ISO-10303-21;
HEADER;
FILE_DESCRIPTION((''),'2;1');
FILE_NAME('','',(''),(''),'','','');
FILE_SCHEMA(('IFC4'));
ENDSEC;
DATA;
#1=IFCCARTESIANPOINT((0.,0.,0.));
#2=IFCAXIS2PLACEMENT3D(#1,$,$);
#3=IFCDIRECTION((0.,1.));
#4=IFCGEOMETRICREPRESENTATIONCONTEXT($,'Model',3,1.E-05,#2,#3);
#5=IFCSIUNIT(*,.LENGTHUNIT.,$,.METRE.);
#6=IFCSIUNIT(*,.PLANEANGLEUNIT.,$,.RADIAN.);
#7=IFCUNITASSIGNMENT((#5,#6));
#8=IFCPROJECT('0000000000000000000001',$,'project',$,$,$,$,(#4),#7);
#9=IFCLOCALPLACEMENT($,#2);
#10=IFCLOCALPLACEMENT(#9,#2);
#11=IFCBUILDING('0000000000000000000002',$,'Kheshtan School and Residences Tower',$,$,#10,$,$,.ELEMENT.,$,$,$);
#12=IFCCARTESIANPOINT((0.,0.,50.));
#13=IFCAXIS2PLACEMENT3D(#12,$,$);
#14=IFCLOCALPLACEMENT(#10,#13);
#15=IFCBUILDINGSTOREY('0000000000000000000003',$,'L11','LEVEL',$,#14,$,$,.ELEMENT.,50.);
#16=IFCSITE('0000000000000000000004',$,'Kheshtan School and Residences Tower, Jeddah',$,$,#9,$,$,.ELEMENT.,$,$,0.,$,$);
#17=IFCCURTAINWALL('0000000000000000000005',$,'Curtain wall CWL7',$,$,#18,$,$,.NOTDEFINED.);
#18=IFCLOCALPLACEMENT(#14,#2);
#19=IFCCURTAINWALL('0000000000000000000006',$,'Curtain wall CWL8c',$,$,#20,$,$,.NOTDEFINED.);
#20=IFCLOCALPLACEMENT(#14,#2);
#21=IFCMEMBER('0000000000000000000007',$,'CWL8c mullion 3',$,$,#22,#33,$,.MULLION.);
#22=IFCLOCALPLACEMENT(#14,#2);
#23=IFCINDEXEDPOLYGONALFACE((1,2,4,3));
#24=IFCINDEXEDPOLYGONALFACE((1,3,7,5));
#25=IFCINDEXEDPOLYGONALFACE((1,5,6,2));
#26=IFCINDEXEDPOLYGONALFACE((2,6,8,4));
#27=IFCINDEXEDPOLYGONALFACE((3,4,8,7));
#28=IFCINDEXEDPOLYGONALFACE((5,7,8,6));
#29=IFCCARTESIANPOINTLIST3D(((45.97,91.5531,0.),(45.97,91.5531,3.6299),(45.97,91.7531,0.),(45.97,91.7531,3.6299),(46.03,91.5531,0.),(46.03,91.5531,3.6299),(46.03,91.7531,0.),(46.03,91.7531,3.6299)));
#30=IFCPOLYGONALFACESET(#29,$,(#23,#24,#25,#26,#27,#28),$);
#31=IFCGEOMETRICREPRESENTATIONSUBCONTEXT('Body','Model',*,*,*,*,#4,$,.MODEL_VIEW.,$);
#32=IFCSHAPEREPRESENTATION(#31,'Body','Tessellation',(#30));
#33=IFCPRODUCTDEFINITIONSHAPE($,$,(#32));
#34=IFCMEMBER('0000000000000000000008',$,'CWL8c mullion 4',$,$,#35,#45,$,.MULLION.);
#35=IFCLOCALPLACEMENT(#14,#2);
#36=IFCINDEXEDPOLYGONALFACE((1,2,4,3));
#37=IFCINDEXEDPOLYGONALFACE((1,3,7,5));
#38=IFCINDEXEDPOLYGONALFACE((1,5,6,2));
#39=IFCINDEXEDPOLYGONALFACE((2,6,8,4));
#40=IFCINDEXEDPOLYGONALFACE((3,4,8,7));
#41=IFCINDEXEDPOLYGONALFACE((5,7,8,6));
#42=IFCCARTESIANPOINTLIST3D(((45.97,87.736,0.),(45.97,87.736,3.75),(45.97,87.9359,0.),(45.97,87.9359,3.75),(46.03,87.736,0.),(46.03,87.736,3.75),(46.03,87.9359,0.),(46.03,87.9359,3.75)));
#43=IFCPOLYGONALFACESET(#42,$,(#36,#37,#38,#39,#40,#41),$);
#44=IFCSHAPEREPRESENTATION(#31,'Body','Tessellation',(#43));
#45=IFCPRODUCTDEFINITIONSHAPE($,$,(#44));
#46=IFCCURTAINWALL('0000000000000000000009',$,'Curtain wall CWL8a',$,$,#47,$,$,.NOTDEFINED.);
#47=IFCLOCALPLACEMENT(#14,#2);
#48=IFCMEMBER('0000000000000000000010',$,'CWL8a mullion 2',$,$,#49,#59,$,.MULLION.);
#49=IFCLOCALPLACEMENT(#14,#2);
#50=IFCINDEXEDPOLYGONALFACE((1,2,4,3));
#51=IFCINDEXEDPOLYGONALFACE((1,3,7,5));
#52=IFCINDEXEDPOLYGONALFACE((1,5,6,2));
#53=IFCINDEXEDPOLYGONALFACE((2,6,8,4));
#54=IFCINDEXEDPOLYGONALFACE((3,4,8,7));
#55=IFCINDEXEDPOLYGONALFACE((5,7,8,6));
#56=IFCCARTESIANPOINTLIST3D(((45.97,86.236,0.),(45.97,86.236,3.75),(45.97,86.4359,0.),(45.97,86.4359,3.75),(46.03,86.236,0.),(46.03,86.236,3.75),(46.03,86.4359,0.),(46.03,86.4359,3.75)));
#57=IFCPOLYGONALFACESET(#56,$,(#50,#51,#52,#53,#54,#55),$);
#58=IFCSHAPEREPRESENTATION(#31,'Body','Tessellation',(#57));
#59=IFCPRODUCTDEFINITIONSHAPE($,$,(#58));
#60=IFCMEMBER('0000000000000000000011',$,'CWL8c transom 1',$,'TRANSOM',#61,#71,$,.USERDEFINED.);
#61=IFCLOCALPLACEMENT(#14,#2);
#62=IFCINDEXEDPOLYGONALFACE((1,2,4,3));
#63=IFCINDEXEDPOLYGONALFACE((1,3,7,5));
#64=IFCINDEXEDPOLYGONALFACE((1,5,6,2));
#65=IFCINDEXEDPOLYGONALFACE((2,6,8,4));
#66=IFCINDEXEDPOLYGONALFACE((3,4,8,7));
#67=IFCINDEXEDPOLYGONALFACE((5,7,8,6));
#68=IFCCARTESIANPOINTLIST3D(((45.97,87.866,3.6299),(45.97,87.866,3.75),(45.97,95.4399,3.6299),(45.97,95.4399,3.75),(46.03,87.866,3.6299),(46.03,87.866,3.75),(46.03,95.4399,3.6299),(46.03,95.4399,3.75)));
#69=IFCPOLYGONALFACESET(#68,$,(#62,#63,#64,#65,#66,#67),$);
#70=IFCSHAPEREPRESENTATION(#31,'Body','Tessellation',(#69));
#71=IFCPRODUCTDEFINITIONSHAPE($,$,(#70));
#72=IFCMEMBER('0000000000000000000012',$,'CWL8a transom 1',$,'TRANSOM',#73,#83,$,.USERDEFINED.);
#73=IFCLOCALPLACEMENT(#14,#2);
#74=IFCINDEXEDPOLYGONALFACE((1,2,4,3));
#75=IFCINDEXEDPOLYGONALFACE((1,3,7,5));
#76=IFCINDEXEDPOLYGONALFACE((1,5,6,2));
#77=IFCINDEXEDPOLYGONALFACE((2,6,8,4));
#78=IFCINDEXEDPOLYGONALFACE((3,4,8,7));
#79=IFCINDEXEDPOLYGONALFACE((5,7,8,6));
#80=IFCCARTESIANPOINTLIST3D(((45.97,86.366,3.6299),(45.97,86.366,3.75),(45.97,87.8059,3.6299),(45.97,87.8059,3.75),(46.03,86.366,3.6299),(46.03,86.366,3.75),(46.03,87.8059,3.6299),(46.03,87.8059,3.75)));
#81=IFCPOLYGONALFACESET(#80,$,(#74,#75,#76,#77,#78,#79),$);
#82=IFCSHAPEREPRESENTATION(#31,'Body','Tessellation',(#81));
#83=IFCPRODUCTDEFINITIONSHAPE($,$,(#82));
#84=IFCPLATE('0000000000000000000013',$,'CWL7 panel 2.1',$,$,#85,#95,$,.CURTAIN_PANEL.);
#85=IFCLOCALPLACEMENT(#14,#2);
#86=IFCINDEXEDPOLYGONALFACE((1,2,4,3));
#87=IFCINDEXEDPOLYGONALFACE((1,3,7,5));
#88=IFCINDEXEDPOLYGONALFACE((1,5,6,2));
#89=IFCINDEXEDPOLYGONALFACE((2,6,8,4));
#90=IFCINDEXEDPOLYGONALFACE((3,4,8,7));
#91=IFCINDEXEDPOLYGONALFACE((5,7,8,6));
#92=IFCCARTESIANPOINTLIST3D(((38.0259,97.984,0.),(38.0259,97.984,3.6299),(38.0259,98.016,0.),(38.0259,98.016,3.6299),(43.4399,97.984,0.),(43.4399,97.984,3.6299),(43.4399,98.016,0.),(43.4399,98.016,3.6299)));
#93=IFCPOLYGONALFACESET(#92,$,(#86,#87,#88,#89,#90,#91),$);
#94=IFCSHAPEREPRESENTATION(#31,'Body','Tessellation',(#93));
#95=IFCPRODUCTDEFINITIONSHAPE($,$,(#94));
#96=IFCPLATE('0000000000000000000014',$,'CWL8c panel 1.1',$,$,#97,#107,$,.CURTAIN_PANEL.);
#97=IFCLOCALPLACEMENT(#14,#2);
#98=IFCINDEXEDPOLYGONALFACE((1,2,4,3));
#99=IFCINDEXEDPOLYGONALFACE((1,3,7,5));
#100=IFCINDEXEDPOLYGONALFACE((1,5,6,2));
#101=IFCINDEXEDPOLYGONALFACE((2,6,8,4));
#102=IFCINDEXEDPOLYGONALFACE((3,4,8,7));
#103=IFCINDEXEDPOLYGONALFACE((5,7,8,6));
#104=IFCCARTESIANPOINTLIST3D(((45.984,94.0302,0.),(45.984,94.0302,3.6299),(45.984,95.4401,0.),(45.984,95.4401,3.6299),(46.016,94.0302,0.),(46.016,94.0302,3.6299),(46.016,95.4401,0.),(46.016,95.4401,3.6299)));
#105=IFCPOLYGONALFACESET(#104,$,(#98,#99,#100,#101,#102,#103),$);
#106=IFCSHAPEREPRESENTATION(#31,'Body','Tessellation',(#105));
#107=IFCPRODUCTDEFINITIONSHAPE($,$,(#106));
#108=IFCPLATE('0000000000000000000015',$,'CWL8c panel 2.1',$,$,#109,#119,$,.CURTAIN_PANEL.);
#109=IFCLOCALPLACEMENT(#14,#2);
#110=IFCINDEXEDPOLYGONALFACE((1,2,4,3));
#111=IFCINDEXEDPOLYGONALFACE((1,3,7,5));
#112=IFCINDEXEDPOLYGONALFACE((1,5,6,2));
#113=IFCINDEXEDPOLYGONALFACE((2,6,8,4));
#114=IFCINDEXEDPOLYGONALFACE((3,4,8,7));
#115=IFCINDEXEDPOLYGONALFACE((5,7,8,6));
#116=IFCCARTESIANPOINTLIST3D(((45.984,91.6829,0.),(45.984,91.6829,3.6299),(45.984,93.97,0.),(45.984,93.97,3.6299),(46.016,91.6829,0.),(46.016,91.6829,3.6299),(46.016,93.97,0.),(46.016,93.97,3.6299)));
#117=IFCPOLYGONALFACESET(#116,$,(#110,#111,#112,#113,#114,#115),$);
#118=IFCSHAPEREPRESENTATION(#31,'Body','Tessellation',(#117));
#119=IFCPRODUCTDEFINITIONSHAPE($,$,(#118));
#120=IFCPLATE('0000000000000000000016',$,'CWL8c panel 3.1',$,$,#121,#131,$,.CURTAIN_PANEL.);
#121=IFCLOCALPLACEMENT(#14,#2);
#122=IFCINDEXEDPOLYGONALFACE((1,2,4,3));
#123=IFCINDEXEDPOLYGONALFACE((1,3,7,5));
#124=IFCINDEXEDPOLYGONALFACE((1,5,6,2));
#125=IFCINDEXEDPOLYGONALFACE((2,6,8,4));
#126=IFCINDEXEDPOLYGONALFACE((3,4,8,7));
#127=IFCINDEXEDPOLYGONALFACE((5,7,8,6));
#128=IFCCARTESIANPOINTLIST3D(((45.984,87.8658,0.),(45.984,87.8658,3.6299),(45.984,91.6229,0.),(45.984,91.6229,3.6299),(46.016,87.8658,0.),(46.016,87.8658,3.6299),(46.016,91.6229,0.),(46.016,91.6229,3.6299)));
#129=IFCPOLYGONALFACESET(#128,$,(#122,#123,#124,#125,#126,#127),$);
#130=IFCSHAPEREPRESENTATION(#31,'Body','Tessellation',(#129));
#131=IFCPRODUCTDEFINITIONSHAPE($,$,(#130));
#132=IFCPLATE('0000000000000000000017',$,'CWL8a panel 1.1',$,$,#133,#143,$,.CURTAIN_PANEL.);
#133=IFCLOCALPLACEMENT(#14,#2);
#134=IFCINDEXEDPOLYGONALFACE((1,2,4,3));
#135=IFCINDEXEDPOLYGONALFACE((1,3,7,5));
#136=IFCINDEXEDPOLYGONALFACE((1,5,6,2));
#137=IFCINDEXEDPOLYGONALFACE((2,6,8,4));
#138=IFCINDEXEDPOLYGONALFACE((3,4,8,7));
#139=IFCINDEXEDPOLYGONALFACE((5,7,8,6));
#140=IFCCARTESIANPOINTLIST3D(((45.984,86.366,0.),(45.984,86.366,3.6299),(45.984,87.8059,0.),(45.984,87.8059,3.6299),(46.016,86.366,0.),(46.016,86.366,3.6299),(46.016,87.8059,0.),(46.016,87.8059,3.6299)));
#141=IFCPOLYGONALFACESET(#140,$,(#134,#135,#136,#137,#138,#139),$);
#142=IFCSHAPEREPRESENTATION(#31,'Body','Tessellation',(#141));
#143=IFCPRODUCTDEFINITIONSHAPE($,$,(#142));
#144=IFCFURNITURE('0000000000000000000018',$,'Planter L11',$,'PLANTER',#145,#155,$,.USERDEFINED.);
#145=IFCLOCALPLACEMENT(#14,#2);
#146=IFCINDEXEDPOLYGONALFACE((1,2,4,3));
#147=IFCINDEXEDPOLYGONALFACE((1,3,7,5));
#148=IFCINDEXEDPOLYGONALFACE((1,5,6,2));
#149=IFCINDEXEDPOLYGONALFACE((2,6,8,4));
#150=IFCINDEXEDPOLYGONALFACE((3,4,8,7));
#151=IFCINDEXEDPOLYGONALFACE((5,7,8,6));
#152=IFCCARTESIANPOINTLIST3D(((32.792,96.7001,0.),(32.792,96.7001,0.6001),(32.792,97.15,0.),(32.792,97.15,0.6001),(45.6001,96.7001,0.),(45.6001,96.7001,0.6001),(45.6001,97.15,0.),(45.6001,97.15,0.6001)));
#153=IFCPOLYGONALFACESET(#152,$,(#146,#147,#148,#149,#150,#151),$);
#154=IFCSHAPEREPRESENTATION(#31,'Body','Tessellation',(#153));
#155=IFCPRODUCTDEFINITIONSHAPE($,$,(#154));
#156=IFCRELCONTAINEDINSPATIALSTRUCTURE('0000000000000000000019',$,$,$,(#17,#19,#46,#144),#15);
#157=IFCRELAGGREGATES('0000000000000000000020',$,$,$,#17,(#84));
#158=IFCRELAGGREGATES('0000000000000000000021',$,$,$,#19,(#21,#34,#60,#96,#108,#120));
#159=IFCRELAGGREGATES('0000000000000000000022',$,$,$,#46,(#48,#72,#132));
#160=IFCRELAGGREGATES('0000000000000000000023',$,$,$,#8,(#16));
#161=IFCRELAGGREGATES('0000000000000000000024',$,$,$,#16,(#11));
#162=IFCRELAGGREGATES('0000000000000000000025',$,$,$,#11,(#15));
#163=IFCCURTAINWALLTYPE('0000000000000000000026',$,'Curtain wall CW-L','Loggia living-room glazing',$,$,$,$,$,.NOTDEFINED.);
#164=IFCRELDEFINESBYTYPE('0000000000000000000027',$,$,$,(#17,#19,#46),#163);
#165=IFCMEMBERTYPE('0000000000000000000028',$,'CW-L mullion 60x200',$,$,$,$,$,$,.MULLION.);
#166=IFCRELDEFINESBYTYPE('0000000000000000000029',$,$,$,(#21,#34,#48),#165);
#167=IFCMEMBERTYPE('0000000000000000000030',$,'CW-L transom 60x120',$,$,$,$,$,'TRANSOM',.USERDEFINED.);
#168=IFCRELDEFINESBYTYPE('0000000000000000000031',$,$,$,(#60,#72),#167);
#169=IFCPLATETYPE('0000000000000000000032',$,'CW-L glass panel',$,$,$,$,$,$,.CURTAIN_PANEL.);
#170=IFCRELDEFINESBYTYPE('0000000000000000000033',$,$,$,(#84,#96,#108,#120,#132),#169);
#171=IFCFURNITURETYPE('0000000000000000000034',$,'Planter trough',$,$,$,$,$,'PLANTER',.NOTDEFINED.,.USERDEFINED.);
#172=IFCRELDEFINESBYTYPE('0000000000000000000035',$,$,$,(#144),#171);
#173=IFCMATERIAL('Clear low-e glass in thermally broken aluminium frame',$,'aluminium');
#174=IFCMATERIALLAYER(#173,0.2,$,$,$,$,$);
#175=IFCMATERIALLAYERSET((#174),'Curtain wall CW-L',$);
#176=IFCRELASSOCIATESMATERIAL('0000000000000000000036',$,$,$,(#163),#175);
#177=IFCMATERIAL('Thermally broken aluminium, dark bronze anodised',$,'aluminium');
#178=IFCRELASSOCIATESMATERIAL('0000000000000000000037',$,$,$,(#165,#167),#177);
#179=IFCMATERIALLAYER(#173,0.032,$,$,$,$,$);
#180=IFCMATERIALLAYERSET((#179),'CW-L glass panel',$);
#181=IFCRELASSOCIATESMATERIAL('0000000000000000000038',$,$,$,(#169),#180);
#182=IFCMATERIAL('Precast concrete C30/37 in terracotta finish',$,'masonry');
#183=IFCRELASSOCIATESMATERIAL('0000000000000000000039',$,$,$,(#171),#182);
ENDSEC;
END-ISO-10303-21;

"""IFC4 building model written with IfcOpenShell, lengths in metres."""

from ifc_helpers import new_model, si_unit, direction, frame, origin, origin_2d, place, context, subcontext, project, spatial, rectangle, extrude, material, layer, layer_set, material_profile, profile_set, type_object, element, aggregate, save


model = new_model("IFC4")

# Units and contexts
model_context = context("Model", 3, precision=1e-05, world=origin(), true_north=direction((0.0, 1.0)))
body_context = subcontext(model_context, "Body", "Model", "MODEL_VIEW")
ifc_project = project(units=[si_unit("LENGTHUNIT", "METRE"), si_unit("PLANEANGLEUNIT", "RADIAN")], contexts=[model_context])

# Site, building, storey
site_placement = place(None, origin())
site = spatial("IfcSite", under=ifc_project, at=site_placement, Name="Kheshtan School and Residences Tower, Jeddah", CompositionType="ELEMENT", RefElevation=0.0)
building_placement = place(site_placement, origin())
building = spatial("IfcBuilding", under=site, at=building_placement, Name="Kheshtan School and Residences Tower", CompositionType="ELEMENT")
storey_placement = place(building_placement, frame((0.0, 0.0, 50.0)))
storey = spatial("IfcBuildingStorey", under=building, at=storey_placement, Name="L11", Description="LEVEL", CompositionType="ELEMENT", Elevation=50.0)

# Curtain walls, members
ifc_material_1 = material(Name="Clear low-e glass in thermally broken aluminium frame", Category="aluminium")
ifc_layer_1 = layer(ifc_material_1, 0.2)
ifc_layer_set_1 = layer_set([ifc_layer_1], Name="Curtain wall CW-L")
curtain_wall_type = type_object("IfcCurtainWallType", Name="Curtain wall CW-L", Description="Loggia living-room glazing", PredefinedType="NOTDEFINED", material=ifc_layer_set_1)
curtain_wall_1_placement = place(storey_placement, origin())
curtain_wall_1 = element("IfcCurtainWall", 1, at=curtain_wall_1_placement, inside=storey, type_object=curtain_wall_type, Name="Curtain wall CWL7", PredefinedType="NOTDEFINED")
ifc_material_2 = material(Name="Thermally broken aluminium, dark bronze anodised", Category="aluminium")
ifc_material_profile_1 = material_profile(ifc_material_2, rectangle(XDim=0.0601, YDim=0.2, at=origin_2d()), Name="CW-L mullion 60x200")
ifc_profile_set_1 = profile_set([ifc_material_profile_1], Name="Thermally broken aluminium, dark bronze anodised")
member_type_1 = type_object("IfcMemberType", Name="CW-L mullion 60x200", PredefinedType="MULLION", material=ifc_profile_set_1)
curtain_wall_2_placement = place(storey_placement, origin())
curtain_wall_2 = element("IfcCurtainWall", 2, at=curtain_wall_2_placement, inside=storey, type_object=curtain_wall_type, Name="Curtain wall CWL8c", PredefinedType="NOTDEFINED")
member_1_placement = place(storey_placement, frame((46.0, 91.6531, 0.0), z_axis=(0.0, 0.0, 1.0), x_axis=(1.0, 0.0, 0.0)))
member_1 = element("IfcMember", 3, at=member_1_placement, type_object=member_type_1, Name="CWL8c mullion 3", PredefinedType="MULLION", context=body_context, shape_type="SweptSolid", body=[
    extrude(rectangle(XDim=0.0601, YDim=0.2, at=origin_2d()), origin(), (0.0, 0.0, 1.0), 3.6299),
])
member_2_placement = place(storey_placement, frame((46.0, 87.8359, 0.0), z_axis=(0.0, 0.0, 1.0), x_axis=(1.0, 0.0, 0.0)))
member_2 = element("IfcMember", 4, at=member_2_placement, type_object=member_type_1, Name="CWL8c mullion 4", PredefinedType="MULLION", context=body_context, shape_type="SweptSolid", body=[
    extrude(rectangle(XDim=0.0601, YDim=0.2, at=origin_2d()), origin(), (0.0, 0.0, 1.0), 3.75),
])

# Curtain wall, member
curtain_wall_3_placement = place(storey_placement, origin())
curtain_wall_3 = element("IfcCurtainWall", 5, at=curtain_wall_3_placement, inside=storey, type_object=curtain_wall_type, Name="Curtain wall CWL8a", PredefinedType="NOTDEFINED")
member_3_placement = place(storey_placement, frame((46.0, 86.3359, 0.0), z_axis=(0.0, 0.0, 1.0), x_axis=(1.0, 0.0, 0.0)))
member_3 = element("IfcMember", 6, at=member_3_placement, type_object=member_type_1, Name="CWL8a mullion 2", PredefinedType="MULLION", context=body_context, shape_type="SweptSolid", body=[
    extrude(rectangle(XDim=0.0601, YDim=0.2, at=origin_2d()), origin(), (0.0, 0.0, 1.0), 3.75),
])

# Members
ifc_material_profile_2 = material_profile(ifc_material_2, rectangle(XDim=0.0601, YDim=0.1201, at=origin_2d()), Name="CW-L transom 60x120")
ifc_profile_set_2 = profile_set([ifc_material_profile_2], Name="Thermally broken aluminium, dark bronze anodised")
member_type_2 = type_object("IfcMemberType", Name="CW-L transom 60x120", ElementType="TRANSOM", PredefinedType="USERDEFINED", material=ifc_profile_set_2)
member_4_placement = place(storey_placement, frame((46.0, 95.4399, 3.6899), z_axis=(0.0, -1.0, 0.0), x_axis=(1.0, 0.0, 0.0)))
member_4 = element("IfcMember", 7, at=member_4_placement, type_object=member_type_2, Name="CWL8c transom 1", ObjectType="TRANSOM", PredefinedType="USERDEFINED", context=body_context, shape_type="SweptSolid", body=[
    extrude(rectangle(XDim=0.0601, YDim=0.1201, at=origin_2d()), origin(), (0.0, 0.0, 1.0), 7.574),
])
member_5_placement = place(storey_placement, frame((46.0, 87.8059, 3.6899), z_axis=(0.0, -1.0, 0.0), x_axis=(1.0, 0.0, 0.0)))
member_5 = element("IfcMember", 8, at=member_5_placement, type_object=member_type_2, Name="CWL8a transom 1", ObjectType="TRANSOM", PredefinedType="USERDEFINED", context=body_context, shape_type="SweptSolid", body=[
    extrude(rectangle(XDim=0.0601, YDim=0.1201, at=origin_2d()), origin(), (0.0, 0.0, 1.0), 1.4399),
])

# Plates
ifc_layer_2 = layer(ifc_material_1, 0.032)
ifc_layer_set_2 = layer_set([ifc_layer_2], Name="CW-L glass panel")
plate_type = type_object("IfcPlateType", Name="CW-L glass panel", PredefinedType="CURTAIN_PANEL", material=ifc_layer_set_2)
plate_1_placement = place(storey_placement, frame((40.7329, 98.0, 0.0), z_axis=(0.0, 0.0, 1.0), x_axis=(1.0, 0.0, 0.0)))
plate_1 = element("IfcPlate", 9, at=plate_1_placement, type_object=plate_type, Name="CWL7 panel 2.1", PredefinedType="CURTAIN_PANEL", context=body_context, shape_type="SweptSolid", body=[
    extrude(rectangle(XDim=5.4141, YDim=0.032, at=origin_2d()), origin(), (0.0, 0.0, 1.0), 3.6299),
])
aggregate(curtain_wall_1, [plate_1])
plate_2_placement = place(storey_placement, frame((46.0, 94.7351, 0.0), z_axis=(0.0, 0.0, 1.0), x_axis=(0.0, -1.0, 0.0)))
plate_2 = element("IfcPlate", 10, at=plate_2_placement, type_object=plate_type, Name="CWL8c panel 1.1", PredefinedType="CURTAIN_PANEL", context=body_context, shape_type="SweptSolid", body=[
    extrude(rectangle(XDim=1.4099, YDim=0.032, at=origin_2d()), origin(), (0.0, 0.0, 1.0), 3.6299),
])
plate_3_placement = place(storey_placement, frame((46.0, 92.8264, 0.0), z_axis=(0.0, 0.0, 1.0), x_axis=(0.0, -1.0, 0.0)))
plate_3 = element("IfcPlate", 11, at=plate_3_placement, type_object=plate_type, Name="CWL8c panel 2.1", PredefinedType="CURTAIN_PANEL", context=body_context, shape_type="SweptSolid", body=[
    extrude(rectangle(XDim=2.2871, YDim=0.032, at=origin_2d()), origin(), (0.0, 0.0, 1.0), 3.6299),
])
plate_4_placement = place(storey_placement, frame((46.0, 89.7444, 0.0), z_axis=(0.0, 0.0, 1.0), x_axis=(0.0, -1.0, 0.0)))
plate_4 = element("IfcPlate", 12, at=plate_4_placement, type_object=plate_type, Name="CWL8c panel 3.1", PredefinedType="CURTAIN_PANEL", context=body_context, shape_type="SweptSolid", body=[
    extrude(rectangle(XDim=3.7571, YDim=0.032, at=origin_2d()), origin(), (0.0, 0.0, 1.0), 3.6299),
])
aggregate(curtain_wall_2, [member_1, member_2, member_4, plate_2, plate_3, plate_4])
plate_5_placement = place(storey_placement, frame((46.0, 87.0859, 0.0), z_axis=(0.0, 0.0, 1.0), x_axis=(0.0, -1.0, 0.0)))
plate_5 = element("IfcPlate", 13, at=plate_5_placement, type_object=plate_type, Name="CWL8a panel 1.1", PredefinedType="CURTAIN_PANEL", context=body_context, shape_type="SweptSolid", body=[
    extrude(rectangle(XDim=1.4399, YDim=0.032, at=origin_2d()), origin(), (0.0, 0.0, 1.0), 3.6299),
])
aggregate(curtain_wall_3, [member_3, member_5, plate_5])

# Furniture
ifc_material_3 = material(Name="Precast concrete C30/37 in terracotta finish", Category="masonry")
furniture_type = type_object("IfcFurnitureType", Name="Planter trough", ElementType="PLANTER", AssemblyPlace="NOTDEFINED", PredefinedType="USERDEFINED", material=ifc_material_3)
furniture_placement = place(storey_placement, frame((39.196, 96.925, 0.0), z_axis=(0.0, 0.0, 1.0), x_axis=(1.0, 0.0, 0.0)))
element("IfcFurniture", 14, at=furniture_placement, inside=storey, type_object=furniture_type, Name="Planter L11", ObjectType="PLANTER", PredefinedType="USERDEFINED", context=body_context, shape_type="SweptSolid", body=[
    extrude(rectangle(XDim=12.8081, YDim=0.45, at=origin_2d()), origin(), (0.0, 0.0, 1.0), 0.6001),
])

save(model, "model.ifc")
